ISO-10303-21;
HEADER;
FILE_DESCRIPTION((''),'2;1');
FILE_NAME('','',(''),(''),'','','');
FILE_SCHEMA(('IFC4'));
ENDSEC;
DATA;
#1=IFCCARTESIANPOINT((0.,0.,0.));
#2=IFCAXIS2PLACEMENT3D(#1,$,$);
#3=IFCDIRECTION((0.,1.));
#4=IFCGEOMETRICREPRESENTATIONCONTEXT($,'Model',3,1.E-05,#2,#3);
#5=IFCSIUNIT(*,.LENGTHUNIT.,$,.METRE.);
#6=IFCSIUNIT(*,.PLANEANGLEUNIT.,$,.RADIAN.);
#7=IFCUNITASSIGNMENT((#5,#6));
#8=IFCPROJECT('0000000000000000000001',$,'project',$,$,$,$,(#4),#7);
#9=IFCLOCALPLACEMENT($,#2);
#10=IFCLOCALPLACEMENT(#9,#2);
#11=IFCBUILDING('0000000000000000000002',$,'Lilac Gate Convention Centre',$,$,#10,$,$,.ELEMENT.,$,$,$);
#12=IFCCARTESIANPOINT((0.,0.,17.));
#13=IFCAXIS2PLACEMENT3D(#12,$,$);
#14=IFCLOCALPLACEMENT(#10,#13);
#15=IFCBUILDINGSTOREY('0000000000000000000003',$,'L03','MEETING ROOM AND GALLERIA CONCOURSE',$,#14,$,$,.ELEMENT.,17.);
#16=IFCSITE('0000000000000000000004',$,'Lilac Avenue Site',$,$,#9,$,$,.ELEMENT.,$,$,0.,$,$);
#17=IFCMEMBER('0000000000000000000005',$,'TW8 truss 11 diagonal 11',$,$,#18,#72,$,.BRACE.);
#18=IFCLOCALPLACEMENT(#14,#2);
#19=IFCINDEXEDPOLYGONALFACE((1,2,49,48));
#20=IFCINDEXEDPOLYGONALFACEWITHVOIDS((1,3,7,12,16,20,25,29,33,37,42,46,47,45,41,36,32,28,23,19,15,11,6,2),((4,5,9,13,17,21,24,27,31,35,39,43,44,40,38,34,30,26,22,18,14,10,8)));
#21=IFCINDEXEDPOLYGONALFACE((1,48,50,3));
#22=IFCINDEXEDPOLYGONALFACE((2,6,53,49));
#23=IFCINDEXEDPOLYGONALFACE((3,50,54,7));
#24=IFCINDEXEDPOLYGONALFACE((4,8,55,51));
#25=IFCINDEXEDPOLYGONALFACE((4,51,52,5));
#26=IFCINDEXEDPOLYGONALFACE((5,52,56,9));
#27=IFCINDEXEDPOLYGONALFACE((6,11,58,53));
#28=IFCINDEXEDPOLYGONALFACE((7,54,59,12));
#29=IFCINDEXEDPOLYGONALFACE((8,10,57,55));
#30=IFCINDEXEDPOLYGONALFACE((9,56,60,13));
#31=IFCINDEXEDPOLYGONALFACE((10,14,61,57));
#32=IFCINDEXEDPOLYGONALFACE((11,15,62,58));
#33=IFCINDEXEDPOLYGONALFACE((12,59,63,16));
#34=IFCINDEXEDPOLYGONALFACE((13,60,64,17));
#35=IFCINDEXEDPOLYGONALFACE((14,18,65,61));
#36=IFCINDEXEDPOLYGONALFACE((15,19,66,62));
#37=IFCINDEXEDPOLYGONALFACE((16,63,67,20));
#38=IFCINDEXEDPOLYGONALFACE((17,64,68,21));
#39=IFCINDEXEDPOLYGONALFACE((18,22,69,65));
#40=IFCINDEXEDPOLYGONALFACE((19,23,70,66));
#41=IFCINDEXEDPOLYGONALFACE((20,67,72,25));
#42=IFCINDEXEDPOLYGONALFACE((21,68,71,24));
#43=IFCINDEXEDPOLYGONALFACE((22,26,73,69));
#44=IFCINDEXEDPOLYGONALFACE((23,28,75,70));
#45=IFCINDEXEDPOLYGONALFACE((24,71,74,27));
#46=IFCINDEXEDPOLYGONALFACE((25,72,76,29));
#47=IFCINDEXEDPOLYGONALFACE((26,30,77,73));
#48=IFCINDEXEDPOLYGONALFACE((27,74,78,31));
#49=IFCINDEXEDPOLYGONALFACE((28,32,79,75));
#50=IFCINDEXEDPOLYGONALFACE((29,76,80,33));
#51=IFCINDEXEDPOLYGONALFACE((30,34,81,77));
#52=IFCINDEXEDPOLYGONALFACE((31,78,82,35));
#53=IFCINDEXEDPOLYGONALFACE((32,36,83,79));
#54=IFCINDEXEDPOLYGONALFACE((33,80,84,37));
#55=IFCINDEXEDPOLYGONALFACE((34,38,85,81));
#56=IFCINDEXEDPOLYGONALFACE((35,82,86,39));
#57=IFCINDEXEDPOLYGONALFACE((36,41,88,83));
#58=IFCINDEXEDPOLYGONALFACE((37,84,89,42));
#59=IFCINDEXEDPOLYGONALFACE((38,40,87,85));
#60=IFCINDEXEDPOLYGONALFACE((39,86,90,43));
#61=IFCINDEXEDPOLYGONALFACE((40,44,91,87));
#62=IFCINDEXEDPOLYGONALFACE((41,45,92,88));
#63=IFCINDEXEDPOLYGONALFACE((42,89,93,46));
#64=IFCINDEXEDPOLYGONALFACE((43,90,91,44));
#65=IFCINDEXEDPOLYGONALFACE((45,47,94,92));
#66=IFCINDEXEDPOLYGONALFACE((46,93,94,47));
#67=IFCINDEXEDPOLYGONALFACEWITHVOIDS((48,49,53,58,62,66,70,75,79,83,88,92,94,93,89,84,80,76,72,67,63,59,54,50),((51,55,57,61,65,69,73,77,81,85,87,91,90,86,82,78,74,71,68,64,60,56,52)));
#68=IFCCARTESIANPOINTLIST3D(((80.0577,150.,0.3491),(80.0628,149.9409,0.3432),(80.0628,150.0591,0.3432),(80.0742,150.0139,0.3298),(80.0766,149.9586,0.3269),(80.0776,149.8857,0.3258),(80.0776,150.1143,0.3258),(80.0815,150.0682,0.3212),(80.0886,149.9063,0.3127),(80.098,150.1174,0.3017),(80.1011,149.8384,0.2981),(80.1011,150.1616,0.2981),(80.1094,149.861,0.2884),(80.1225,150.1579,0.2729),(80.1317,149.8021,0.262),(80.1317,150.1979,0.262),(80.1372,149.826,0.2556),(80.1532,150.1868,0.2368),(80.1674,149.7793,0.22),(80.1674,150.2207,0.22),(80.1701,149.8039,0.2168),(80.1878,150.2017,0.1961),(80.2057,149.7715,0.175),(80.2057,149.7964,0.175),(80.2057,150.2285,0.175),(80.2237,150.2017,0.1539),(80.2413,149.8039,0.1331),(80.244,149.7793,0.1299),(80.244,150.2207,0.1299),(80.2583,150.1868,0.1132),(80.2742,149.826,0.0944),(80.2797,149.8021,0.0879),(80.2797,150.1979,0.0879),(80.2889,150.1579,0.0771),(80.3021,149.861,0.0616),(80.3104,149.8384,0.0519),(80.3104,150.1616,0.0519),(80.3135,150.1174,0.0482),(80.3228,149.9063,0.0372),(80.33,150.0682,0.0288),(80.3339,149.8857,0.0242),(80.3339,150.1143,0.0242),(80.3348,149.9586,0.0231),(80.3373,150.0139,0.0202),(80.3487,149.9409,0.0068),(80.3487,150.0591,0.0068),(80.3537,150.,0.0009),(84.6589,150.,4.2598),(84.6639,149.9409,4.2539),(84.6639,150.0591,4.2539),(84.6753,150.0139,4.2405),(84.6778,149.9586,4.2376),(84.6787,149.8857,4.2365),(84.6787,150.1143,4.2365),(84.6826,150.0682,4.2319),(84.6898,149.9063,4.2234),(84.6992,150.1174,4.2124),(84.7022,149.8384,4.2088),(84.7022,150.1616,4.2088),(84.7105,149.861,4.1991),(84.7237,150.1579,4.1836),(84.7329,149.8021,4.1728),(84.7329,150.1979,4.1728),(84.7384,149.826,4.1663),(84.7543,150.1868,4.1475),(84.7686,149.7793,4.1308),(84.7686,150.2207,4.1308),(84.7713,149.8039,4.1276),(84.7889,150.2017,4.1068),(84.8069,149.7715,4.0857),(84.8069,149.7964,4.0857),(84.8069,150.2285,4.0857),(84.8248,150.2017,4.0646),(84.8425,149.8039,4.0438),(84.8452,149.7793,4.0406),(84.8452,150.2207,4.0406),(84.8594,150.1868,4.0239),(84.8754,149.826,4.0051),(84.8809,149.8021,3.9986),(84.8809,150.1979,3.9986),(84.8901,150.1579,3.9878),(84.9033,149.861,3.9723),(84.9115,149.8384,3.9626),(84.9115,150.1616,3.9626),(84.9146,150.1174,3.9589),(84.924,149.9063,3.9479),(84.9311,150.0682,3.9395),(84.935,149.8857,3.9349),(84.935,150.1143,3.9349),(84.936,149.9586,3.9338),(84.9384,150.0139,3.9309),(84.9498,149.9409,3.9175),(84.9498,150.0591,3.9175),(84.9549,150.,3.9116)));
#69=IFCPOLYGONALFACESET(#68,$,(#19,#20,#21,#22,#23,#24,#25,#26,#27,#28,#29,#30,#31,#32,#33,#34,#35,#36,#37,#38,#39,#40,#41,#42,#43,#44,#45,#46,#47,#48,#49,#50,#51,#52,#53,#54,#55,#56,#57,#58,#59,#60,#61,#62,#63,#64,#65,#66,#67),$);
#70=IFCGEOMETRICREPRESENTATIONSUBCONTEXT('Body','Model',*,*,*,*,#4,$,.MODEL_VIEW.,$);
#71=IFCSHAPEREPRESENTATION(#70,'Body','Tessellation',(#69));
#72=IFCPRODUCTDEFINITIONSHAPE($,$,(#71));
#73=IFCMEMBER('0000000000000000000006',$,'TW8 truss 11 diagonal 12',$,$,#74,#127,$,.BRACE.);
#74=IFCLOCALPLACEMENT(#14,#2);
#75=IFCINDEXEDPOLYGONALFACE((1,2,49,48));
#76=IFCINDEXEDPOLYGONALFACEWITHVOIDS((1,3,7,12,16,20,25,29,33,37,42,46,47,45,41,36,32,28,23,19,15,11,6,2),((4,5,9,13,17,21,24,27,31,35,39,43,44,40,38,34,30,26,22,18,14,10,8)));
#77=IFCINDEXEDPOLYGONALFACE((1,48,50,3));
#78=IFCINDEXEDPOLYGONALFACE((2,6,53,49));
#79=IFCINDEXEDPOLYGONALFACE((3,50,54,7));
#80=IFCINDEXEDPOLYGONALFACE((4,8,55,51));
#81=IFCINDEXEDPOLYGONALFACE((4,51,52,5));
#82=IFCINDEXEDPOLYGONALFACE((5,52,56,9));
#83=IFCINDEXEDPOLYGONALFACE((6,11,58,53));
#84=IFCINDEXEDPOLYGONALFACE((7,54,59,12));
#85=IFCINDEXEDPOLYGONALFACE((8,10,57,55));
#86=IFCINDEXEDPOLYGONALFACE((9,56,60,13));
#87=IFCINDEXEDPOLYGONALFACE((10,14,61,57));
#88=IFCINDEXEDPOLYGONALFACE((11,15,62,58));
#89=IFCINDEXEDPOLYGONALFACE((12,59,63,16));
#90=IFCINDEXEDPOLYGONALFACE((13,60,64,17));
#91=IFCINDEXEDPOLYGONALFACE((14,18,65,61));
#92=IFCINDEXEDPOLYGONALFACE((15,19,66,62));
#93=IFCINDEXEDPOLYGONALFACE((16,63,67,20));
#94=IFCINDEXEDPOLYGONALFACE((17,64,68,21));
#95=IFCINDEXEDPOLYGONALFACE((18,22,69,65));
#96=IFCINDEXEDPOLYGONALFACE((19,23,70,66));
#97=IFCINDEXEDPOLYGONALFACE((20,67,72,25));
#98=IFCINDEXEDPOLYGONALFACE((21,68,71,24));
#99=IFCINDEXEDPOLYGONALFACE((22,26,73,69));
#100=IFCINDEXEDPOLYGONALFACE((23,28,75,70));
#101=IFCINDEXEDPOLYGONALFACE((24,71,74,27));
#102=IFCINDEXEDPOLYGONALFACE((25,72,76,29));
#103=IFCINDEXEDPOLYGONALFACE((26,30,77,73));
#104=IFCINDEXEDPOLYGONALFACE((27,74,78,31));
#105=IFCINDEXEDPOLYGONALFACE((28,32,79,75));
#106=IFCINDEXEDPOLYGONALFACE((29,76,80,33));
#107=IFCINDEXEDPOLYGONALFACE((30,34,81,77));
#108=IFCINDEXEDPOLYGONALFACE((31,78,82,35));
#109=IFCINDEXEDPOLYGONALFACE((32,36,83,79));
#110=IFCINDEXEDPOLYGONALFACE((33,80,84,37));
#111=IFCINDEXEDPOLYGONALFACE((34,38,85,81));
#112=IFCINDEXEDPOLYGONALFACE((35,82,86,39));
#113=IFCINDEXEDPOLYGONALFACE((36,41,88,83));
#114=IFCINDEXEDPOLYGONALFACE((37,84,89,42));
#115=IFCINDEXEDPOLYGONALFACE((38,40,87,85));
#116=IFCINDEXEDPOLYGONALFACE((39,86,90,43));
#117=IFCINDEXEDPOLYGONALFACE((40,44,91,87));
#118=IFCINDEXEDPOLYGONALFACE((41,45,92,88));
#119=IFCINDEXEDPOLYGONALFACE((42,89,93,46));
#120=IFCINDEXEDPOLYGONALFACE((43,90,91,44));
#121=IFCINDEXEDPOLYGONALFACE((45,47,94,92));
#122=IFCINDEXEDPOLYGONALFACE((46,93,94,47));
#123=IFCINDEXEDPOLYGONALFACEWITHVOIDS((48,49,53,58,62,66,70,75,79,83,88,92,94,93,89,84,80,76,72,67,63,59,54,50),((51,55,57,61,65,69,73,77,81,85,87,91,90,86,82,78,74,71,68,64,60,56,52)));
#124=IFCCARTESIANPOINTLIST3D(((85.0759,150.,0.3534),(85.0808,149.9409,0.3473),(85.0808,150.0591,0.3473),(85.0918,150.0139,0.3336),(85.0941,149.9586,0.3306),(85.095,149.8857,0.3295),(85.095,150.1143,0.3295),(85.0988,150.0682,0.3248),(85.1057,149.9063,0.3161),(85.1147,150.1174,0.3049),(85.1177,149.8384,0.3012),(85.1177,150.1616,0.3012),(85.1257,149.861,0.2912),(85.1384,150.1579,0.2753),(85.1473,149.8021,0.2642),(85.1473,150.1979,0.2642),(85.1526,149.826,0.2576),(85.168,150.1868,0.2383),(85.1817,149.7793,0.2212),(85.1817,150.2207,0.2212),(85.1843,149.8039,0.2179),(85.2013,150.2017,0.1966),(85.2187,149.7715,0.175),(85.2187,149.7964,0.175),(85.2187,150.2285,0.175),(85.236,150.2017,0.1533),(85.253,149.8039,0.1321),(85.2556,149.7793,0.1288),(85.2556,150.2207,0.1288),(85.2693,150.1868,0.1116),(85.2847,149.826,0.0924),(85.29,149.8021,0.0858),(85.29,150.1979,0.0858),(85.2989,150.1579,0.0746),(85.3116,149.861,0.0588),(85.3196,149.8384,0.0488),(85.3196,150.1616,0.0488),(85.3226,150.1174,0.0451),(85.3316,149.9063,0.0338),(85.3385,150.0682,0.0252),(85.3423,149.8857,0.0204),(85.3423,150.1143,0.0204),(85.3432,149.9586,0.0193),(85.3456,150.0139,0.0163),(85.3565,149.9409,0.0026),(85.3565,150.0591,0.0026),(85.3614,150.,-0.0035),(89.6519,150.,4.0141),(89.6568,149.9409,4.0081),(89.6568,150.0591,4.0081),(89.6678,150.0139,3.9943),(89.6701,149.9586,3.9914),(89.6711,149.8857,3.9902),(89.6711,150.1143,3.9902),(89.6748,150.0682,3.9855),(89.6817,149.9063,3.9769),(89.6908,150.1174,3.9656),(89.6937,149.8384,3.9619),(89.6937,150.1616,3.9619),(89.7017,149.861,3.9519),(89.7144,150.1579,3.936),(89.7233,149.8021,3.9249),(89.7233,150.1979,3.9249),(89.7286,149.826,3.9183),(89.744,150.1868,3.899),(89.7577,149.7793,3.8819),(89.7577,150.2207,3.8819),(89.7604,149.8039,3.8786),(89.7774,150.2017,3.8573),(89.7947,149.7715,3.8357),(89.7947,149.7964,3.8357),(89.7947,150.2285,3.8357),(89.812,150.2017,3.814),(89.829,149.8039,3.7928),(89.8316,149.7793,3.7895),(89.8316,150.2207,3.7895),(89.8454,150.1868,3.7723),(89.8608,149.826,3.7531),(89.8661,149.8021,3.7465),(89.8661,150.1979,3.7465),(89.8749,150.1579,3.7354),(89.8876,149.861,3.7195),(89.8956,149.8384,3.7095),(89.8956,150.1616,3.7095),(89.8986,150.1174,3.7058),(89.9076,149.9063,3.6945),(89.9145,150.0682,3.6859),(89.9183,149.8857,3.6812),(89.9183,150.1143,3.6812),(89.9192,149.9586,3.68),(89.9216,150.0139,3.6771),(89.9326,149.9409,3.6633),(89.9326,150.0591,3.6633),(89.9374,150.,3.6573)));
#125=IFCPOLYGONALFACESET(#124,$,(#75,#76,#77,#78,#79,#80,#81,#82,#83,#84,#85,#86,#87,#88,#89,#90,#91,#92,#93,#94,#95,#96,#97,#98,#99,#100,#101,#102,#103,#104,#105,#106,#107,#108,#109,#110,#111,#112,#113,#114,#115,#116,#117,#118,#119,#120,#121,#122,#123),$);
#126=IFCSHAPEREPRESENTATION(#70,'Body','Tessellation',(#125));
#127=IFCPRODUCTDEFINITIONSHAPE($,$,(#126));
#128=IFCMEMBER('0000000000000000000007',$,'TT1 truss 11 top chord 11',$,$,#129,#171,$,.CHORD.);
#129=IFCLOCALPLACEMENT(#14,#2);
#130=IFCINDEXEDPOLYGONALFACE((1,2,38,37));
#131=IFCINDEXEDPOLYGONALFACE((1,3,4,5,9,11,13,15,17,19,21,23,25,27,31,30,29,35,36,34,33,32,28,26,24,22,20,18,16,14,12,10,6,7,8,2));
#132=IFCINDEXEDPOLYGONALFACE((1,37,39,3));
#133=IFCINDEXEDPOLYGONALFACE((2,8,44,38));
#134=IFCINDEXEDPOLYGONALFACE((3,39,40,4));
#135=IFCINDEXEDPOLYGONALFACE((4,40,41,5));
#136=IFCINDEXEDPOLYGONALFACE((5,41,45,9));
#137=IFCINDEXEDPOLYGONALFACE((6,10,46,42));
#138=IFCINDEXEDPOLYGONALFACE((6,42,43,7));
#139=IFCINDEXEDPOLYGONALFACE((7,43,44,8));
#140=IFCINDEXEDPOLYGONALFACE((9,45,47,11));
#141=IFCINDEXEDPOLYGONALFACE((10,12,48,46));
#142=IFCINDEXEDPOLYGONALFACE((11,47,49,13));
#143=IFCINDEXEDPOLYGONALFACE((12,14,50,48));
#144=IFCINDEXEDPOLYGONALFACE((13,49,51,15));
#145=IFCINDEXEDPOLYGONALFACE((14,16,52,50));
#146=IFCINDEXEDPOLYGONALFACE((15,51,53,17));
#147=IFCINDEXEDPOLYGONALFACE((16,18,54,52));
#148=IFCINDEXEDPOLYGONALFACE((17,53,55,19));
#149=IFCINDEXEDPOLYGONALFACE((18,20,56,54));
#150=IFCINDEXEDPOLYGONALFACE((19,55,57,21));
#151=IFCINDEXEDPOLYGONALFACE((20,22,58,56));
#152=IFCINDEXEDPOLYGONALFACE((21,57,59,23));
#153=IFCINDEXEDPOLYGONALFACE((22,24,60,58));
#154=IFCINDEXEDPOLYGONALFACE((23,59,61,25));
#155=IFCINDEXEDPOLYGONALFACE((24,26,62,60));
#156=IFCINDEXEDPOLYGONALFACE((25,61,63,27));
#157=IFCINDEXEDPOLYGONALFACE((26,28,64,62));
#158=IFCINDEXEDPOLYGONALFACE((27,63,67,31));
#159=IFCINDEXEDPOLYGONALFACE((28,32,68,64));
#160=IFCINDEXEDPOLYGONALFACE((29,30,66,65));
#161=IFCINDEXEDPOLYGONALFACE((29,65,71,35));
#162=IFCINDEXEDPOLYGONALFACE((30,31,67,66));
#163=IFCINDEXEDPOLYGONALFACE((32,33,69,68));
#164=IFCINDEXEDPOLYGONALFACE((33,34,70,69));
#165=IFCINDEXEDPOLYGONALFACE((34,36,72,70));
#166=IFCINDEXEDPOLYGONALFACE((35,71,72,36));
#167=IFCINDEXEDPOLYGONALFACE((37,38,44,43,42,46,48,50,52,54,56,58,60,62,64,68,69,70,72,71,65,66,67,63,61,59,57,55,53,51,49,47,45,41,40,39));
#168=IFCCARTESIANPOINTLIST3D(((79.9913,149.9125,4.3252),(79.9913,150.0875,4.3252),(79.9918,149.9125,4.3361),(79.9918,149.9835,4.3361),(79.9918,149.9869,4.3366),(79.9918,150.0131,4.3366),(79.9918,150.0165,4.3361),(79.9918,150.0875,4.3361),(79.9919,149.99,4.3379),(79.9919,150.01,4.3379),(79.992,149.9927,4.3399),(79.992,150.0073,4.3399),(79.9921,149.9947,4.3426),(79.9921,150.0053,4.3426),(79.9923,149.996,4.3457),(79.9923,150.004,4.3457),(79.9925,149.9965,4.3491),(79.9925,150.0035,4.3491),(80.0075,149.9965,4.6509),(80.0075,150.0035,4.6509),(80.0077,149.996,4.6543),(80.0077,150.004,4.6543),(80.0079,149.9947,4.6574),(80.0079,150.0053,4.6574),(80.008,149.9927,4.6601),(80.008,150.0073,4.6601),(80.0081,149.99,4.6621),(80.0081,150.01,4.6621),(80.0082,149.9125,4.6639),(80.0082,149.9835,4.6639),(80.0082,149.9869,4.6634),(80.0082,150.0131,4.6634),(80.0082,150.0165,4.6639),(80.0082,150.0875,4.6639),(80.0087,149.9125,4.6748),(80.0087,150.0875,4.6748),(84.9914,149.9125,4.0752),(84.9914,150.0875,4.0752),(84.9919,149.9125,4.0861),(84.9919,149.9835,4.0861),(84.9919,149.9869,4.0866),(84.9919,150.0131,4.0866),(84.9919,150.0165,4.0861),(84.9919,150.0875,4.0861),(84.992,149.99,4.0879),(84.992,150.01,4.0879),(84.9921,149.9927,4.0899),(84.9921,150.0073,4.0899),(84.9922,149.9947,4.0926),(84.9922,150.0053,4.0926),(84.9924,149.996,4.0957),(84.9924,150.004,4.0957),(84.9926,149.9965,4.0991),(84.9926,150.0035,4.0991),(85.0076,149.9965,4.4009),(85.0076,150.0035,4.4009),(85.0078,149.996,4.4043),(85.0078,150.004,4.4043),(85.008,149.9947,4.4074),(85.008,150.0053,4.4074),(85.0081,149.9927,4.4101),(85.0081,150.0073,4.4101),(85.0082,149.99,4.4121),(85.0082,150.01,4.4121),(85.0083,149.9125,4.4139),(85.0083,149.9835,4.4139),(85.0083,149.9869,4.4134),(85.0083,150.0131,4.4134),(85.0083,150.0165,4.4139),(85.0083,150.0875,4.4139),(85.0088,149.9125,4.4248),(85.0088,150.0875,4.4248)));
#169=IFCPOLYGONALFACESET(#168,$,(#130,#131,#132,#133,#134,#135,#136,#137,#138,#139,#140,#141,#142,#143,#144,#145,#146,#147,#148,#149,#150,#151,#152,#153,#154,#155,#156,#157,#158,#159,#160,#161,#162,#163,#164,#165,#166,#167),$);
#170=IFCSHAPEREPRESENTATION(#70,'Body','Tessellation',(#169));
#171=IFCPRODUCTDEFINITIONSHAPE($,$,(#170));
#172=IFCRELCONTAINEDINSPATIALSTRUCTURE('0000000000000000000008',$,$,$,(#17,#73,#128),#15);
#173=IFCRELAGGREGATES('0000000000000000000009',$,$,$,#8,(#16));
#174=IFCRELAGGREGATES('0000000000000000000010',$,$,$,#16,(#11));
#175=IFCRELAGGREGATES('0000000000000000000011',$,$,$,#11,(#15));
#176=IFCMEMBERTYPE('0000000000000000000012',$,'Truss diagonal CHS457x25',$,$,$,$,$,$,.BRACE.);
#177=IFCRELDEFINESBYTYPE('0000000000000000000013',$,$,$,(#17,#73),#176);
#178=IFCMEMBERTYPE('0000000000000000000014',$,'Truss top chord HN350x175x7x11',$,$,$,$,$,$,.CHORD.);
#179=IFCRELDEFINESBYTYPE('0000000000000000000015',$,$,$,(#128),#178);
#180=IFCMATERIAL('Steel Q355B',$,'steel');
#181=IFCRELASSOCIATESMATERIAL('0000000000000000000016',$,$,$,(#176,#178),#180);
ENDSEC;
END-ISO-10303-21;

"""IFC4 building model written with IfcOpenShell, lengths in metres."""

from ifc_helpers import new_model, si_unit, direction, frame, origin, origin_2d, place, context, subcontext, project, spatial, hollow_circle, i_section, extrude, material, material_profile, profile_set, type_object, element, save


model = new_model("IFC4")

# Units and contexts
model_context = context("Model", 3, precision=1e-05, world=origin(), true_north=direction((0.0, 1.0)))
body_context = subcontext(model_context, "Body", "Model", "MODEL_VIEW")
ifc_project = project(units=[si_unit("LENGTHUNIT", "METRE"), si_unit("PLANEANGLEUNIT", "RADIAN")], contexts=[model_context])

# Site, building, storey
site_placement = place(None, origin())
site = spatial("IfcSite", under=ifc_project, at=site_placement, Name="Lilac Avenue Site", CompositionType="ELEMENT", RefElevation=0.0)
building_placement = place(site_placement, origin())
building = spatial("IfcBuilding", under=site, at=building_placement, Name="Lilac Gate Convention Centre", CompositionType="ELEMENT")
storey_placement = place(building_placement, frame((0.0, 0.0, 17.0)))
storey = spatial("IfcBuildingStorey", under=building, at=storey_placement, Name="L03", Description="MEETING ROOM AND GALLERIA CONCOURSE", CompositionType="ELEMENT", Elevation=17.0)

# Members
ifc_material = material(Name="Steel Q355B", Category="steel")
ifc_material_profile_1 = material_profile(ifc_material, hollow_circle(Radius=0.2285, WallThickness=0.0249, at=origin_2d()), Name="CHS457x25")
ifc_profile_set_1 = profile_set([ifc_material_profile_1], Name="Steel Q355B")
member_type_1 = type_object("IfcMemberType", Name="Truss diagonal CHS457x25", PredefinedType="BRACE", material=ifc_profile_set_1)
member_1_placement = place(storey_placement, frame((84.8069, 150.0, 4.0857), z_axis=(-0.761961, 0.0, -0.647623), x_axis=(0.0, -1.0, 0.0)))
element("IfcMember", 1, at=member_1_placement, inside=storey, type_object=member_type_1, Name="TW8 truss 11 diagonal 11", PredefinedType="BRACE", context=body_context, shape_type="SweptSolid", body=[
    extrude(hollow_circle(Radius=0.2285, WallThickness=0.0249, at=origin_2d()), origin(), (0.0, 0.0, 1.0), 6.0386),
])
member_2_placement = place(storey_placement, frame((89.7947, 150.0, 3.8357), z_axis=(-0.780877, 0.0, -0.624685), x_axis=(0.0, -1.0, 0.0)))
element("IfcMember", 2, at=member_2_placement, inside=storey, type_object=member_type_1, Name="TW8 truss 11 diagonal 12", PredefinedType="BRACE", context=body_context, shape_type="SweptSolid", body=[
    extrude(hollow_circle(Radius=0.2285, WallThickness=0.0249, at=origin_2d()), origin(), (0.0, 0.0, 1.0), 5.8601),
])
ifc_material_profile_2 = material_profile(ifc_material, i_section(OverallWidth=0.175, OverallDepth=0.3501, WebThickness=0.0071, FlangeThickness=0.011, FilletRadius=0.0129, at=origin_2d()), Name="HN350x175x7x11")
ifc_profile_set_2 = profile_set([ifc_material_profile_2], Name="Steel Q355B")
member_type_2 = type_object("IfcMemberType", Name="Truss top chord HN350x175x7x11", PredefinedType="CHORD", material=ifc_profile_set_2)
for number, where, z_axis, x_axis, name in (
    (3, (80.0, 150.0, 4.5), (0.998752, 0.0, -0.049938), (0.0, 1.0, 0.0), "TT1 truss 11 top chord 11"),
):
    element("IfcMember", number, at=place(storey_placement, frame(where, z_axis=z_axis, x_axis=x_axis)), inside=storey, type_object=member_type_2, Name=name, PredefinedType="CHORD", context=body_context, shape_type="SweptSolid", body=[
        extrude(i_section(OverallWidth=0.175, OverallDepth=0.3501, WebThickness=0.0071, FlangeThickness=0.011, FilletRadius=0.0129, at=origin_2d()), origin(), (0.0, 0.0, 1.0), 5.0063),
    ])

save(model, "model.ifc")
